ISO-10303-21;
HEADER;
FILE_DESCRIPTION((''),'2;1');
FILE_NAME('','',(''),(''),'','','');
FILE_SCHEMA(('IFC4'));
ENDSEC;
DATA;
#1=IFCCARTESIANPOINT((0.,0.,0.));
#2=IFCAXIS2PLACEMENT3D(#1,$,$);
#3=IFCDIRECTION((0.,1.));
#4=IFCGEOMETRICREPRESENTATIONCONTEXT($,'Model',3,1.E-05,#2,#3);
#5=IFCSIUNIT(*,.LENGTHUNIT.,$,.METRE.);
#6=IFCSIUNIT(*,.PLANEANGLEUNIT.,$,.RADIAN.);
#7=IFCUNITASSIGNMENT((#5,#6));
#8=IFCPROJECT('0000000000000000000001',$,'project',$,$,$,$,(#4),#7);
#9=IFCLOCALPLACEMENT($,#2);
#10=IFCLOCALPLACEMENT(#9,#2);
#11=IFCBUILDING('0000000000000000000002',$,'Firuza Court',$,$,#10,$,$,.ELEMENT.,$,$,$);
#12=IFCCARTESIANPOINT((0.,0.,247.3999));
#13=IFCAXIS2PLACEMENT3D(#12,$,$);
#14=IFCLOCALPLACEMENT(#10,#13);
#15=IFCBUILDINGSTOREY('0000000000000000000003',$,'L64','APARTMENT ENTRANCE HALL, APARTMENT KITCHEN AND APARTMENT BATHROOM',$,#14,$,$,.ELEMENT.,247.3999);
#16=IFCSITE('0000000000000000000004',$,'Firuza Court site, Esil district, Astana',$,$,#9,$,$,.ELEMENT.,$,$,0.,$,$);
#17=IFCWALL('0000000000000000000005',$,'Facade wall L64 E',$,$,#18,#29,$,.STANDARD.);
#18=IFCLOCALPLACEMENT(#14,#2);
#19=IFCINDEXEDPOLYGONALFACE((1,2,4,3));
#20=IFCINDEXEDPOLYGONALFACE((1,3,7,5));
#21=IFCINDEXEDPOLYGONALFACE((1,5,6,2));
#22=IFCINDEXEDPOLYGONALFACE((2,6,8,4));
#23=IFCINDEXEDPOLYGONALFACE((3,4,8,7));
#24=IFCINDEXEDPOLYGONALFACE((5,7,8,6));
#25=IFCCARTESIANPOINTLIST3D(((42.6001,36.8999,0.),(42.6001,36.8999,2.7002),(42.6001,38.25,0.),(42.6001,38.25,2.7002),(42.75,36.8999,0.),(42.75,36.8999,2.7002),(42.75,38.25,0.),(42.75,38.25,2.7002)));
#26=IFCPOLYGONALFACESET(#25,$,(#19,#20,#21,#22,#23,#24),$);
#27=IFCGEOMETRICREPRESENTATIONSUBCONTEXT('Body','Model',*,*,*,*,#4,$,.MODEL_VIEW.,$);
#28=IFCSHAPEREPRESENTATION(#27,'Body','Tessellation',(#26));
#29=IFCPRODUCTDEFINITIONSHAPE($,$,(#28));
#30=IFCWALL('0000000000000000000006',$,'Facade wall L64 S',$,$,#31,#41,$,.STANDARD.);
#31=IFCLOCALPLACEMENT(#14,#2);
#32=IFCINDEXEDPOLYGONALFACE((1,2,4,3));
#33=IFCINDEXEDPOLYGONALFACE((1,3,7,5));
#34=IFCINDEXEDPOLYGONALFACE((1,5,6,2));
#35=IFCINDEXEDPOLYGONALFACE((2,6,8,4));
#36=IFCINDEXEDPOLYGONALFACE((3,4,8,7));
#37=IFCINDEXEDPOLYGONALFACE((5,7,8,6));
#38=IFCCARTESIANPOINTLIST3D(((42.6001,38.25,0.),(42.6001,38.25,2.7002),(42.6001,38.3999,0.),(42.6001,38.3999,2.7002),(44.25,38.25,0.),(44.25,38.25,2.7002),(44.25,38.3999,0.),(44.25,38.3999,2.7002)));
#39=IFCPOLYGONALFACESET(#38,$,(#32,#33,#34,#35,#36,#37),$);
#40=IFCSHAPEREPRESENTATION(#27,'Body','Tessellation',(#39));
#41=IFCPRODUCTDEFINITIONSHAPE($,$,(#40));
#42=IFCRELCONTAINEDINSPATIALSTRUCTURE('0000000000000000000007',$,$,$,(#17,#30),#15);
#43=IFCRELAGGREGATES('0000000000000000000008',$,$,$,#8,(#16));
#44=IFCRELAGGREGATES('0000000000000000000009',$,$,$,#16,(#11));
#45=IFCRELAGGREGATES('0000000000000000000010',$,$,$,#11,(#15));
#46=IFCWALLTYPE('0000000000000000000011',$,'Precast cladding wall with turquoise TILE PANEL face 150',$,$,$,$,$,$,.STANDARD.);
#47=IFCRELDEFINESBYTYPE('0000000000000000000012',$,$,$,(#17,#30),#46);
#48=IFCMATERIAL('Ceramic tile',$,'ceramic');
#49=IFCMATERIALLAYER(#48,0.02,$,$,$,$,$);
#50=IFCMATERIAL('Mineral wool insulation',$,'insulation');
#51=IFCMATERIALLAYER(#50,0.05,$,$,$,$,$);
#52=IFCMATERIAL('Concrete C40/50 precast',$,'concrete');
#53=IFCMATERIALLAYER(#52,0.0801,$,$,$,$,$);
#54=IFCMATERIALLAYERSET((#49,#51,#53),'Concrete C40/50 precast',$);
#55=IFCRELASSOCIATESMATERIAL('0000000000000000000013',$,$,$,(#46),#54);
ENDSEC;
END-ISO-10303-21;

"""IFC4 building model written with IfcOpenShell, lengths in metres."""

from ifc_helpers import new_model, si_unit, direction, frame, frame_2d, origin, place, context, subcontext, project, spatial, rectangle, extrude, material, layer, layer_set, type_object, element, save


model = new_model("IFC4")

# Units and contexts
model_context = context("Model", 3, precision=1e-05, world=origin(), true_north=direction((0.0, 1.0)))
body_context = subcontext(model_context, "Body", "Model", "MODEL_VIEW")
ifc_project = project(units=[si_unit("LENGTHUNIT", "METRE"), si_unit("PLANEANGLEUNIT", "RADIAN")], contexts=[model_context])

# Site, building, storey
site_placement = place(None, origin())
site = spatial("IfcSite", under=ifc_project, at=site_placement, Name="Firuza Court site, Esil district, Astana", CompositionType="ELEMENT", RefElevation=0.0)
building_placement = place(site_placement, origin())
building = spatial("IfcBuilding", under=site, at=building_placement, Name="Firuza Court", CompositionType="ELEMENT")
storey_placement = place(building_placement, frame((0.0, 0.0, 247.3999)))
storey = spatial("IfcBuildingStorey", under=building, at=storey_placement, Name="L64", Description="APARTMENT ENTRANCE HALL, APARTMENT KITCHEN AND APARTMENT BATHROOM", CompositionType="ELEMENT", Elevation=247.3999)

# Walls
ifc_material_1 = material(Name="Ceramic tile", Category="ceramic")
ifc_material_2 = material(Name="Mineral wool insulation", Category="insulation")
ifc_material_3 = material(Name="Concrete C40/50 precast", Category="concrete")
ifc_layer_1 = layer(ifc_material_1, 0.02)
ifc_layer_2 = layer(ifc_material_2, 0.05)
ifc_layer_3 = layer(ifc_material_3, 0.0801)
ifc_layer_set_1 = layer_set([ifc_layer_1, ifc_layer_2, ifc_layer_3], Name="Concrete C40/50 precast")
wall_type_1 = type_object("IfcWallType", Name="Precast cladding wall with turquoise TILE PANEL face 150", PredefinedType="STANDARD", material=ifc_layer_set_1)
wall_1_placement = place(storey_placement, frame((42.675, 36.8999, 0.0), z_axis=(0.0, 0.0, 1.0), x_axis=(0.0, 1.0, 0.0)))
element("IfcWall", 1, at=wall_1_placement, inside=storey, type_object=wall_type_1, Name="Facade wall L64 E", PredefinedType="STANDARD", context=body_context, shape_type="SweptSolid", body=[
    extrude(rectangle(XDim=1.3501, YDim=0.1499, at=frame_2d((0.675, 0.0))), origin(), (0.0, 0.0, 1.0), 2.7002),
])
wall_2_placement = place(storey_placement, frame((42.6001, 38.325, 0.0), z_axis=(0.0, 0.0, 1.0), x_axis=(1.0, 0.0, 0.0)))
element("IfcWall", 2, at=wall_2_placement, inside=storey, type_object=wall_type_1, Name="Facade wall L64 S", PredefinedType="STANDARD", context=body_context, shape_type="SweptSolid", body=[
    extrude(rectangle(XDim=1.6499, YDim=0.1499, at=frame_2d((0.825, 0.0))), origin(), (0.0, 0.0, 1.0), 2.7002),
])

save(model, "model.ifc")
